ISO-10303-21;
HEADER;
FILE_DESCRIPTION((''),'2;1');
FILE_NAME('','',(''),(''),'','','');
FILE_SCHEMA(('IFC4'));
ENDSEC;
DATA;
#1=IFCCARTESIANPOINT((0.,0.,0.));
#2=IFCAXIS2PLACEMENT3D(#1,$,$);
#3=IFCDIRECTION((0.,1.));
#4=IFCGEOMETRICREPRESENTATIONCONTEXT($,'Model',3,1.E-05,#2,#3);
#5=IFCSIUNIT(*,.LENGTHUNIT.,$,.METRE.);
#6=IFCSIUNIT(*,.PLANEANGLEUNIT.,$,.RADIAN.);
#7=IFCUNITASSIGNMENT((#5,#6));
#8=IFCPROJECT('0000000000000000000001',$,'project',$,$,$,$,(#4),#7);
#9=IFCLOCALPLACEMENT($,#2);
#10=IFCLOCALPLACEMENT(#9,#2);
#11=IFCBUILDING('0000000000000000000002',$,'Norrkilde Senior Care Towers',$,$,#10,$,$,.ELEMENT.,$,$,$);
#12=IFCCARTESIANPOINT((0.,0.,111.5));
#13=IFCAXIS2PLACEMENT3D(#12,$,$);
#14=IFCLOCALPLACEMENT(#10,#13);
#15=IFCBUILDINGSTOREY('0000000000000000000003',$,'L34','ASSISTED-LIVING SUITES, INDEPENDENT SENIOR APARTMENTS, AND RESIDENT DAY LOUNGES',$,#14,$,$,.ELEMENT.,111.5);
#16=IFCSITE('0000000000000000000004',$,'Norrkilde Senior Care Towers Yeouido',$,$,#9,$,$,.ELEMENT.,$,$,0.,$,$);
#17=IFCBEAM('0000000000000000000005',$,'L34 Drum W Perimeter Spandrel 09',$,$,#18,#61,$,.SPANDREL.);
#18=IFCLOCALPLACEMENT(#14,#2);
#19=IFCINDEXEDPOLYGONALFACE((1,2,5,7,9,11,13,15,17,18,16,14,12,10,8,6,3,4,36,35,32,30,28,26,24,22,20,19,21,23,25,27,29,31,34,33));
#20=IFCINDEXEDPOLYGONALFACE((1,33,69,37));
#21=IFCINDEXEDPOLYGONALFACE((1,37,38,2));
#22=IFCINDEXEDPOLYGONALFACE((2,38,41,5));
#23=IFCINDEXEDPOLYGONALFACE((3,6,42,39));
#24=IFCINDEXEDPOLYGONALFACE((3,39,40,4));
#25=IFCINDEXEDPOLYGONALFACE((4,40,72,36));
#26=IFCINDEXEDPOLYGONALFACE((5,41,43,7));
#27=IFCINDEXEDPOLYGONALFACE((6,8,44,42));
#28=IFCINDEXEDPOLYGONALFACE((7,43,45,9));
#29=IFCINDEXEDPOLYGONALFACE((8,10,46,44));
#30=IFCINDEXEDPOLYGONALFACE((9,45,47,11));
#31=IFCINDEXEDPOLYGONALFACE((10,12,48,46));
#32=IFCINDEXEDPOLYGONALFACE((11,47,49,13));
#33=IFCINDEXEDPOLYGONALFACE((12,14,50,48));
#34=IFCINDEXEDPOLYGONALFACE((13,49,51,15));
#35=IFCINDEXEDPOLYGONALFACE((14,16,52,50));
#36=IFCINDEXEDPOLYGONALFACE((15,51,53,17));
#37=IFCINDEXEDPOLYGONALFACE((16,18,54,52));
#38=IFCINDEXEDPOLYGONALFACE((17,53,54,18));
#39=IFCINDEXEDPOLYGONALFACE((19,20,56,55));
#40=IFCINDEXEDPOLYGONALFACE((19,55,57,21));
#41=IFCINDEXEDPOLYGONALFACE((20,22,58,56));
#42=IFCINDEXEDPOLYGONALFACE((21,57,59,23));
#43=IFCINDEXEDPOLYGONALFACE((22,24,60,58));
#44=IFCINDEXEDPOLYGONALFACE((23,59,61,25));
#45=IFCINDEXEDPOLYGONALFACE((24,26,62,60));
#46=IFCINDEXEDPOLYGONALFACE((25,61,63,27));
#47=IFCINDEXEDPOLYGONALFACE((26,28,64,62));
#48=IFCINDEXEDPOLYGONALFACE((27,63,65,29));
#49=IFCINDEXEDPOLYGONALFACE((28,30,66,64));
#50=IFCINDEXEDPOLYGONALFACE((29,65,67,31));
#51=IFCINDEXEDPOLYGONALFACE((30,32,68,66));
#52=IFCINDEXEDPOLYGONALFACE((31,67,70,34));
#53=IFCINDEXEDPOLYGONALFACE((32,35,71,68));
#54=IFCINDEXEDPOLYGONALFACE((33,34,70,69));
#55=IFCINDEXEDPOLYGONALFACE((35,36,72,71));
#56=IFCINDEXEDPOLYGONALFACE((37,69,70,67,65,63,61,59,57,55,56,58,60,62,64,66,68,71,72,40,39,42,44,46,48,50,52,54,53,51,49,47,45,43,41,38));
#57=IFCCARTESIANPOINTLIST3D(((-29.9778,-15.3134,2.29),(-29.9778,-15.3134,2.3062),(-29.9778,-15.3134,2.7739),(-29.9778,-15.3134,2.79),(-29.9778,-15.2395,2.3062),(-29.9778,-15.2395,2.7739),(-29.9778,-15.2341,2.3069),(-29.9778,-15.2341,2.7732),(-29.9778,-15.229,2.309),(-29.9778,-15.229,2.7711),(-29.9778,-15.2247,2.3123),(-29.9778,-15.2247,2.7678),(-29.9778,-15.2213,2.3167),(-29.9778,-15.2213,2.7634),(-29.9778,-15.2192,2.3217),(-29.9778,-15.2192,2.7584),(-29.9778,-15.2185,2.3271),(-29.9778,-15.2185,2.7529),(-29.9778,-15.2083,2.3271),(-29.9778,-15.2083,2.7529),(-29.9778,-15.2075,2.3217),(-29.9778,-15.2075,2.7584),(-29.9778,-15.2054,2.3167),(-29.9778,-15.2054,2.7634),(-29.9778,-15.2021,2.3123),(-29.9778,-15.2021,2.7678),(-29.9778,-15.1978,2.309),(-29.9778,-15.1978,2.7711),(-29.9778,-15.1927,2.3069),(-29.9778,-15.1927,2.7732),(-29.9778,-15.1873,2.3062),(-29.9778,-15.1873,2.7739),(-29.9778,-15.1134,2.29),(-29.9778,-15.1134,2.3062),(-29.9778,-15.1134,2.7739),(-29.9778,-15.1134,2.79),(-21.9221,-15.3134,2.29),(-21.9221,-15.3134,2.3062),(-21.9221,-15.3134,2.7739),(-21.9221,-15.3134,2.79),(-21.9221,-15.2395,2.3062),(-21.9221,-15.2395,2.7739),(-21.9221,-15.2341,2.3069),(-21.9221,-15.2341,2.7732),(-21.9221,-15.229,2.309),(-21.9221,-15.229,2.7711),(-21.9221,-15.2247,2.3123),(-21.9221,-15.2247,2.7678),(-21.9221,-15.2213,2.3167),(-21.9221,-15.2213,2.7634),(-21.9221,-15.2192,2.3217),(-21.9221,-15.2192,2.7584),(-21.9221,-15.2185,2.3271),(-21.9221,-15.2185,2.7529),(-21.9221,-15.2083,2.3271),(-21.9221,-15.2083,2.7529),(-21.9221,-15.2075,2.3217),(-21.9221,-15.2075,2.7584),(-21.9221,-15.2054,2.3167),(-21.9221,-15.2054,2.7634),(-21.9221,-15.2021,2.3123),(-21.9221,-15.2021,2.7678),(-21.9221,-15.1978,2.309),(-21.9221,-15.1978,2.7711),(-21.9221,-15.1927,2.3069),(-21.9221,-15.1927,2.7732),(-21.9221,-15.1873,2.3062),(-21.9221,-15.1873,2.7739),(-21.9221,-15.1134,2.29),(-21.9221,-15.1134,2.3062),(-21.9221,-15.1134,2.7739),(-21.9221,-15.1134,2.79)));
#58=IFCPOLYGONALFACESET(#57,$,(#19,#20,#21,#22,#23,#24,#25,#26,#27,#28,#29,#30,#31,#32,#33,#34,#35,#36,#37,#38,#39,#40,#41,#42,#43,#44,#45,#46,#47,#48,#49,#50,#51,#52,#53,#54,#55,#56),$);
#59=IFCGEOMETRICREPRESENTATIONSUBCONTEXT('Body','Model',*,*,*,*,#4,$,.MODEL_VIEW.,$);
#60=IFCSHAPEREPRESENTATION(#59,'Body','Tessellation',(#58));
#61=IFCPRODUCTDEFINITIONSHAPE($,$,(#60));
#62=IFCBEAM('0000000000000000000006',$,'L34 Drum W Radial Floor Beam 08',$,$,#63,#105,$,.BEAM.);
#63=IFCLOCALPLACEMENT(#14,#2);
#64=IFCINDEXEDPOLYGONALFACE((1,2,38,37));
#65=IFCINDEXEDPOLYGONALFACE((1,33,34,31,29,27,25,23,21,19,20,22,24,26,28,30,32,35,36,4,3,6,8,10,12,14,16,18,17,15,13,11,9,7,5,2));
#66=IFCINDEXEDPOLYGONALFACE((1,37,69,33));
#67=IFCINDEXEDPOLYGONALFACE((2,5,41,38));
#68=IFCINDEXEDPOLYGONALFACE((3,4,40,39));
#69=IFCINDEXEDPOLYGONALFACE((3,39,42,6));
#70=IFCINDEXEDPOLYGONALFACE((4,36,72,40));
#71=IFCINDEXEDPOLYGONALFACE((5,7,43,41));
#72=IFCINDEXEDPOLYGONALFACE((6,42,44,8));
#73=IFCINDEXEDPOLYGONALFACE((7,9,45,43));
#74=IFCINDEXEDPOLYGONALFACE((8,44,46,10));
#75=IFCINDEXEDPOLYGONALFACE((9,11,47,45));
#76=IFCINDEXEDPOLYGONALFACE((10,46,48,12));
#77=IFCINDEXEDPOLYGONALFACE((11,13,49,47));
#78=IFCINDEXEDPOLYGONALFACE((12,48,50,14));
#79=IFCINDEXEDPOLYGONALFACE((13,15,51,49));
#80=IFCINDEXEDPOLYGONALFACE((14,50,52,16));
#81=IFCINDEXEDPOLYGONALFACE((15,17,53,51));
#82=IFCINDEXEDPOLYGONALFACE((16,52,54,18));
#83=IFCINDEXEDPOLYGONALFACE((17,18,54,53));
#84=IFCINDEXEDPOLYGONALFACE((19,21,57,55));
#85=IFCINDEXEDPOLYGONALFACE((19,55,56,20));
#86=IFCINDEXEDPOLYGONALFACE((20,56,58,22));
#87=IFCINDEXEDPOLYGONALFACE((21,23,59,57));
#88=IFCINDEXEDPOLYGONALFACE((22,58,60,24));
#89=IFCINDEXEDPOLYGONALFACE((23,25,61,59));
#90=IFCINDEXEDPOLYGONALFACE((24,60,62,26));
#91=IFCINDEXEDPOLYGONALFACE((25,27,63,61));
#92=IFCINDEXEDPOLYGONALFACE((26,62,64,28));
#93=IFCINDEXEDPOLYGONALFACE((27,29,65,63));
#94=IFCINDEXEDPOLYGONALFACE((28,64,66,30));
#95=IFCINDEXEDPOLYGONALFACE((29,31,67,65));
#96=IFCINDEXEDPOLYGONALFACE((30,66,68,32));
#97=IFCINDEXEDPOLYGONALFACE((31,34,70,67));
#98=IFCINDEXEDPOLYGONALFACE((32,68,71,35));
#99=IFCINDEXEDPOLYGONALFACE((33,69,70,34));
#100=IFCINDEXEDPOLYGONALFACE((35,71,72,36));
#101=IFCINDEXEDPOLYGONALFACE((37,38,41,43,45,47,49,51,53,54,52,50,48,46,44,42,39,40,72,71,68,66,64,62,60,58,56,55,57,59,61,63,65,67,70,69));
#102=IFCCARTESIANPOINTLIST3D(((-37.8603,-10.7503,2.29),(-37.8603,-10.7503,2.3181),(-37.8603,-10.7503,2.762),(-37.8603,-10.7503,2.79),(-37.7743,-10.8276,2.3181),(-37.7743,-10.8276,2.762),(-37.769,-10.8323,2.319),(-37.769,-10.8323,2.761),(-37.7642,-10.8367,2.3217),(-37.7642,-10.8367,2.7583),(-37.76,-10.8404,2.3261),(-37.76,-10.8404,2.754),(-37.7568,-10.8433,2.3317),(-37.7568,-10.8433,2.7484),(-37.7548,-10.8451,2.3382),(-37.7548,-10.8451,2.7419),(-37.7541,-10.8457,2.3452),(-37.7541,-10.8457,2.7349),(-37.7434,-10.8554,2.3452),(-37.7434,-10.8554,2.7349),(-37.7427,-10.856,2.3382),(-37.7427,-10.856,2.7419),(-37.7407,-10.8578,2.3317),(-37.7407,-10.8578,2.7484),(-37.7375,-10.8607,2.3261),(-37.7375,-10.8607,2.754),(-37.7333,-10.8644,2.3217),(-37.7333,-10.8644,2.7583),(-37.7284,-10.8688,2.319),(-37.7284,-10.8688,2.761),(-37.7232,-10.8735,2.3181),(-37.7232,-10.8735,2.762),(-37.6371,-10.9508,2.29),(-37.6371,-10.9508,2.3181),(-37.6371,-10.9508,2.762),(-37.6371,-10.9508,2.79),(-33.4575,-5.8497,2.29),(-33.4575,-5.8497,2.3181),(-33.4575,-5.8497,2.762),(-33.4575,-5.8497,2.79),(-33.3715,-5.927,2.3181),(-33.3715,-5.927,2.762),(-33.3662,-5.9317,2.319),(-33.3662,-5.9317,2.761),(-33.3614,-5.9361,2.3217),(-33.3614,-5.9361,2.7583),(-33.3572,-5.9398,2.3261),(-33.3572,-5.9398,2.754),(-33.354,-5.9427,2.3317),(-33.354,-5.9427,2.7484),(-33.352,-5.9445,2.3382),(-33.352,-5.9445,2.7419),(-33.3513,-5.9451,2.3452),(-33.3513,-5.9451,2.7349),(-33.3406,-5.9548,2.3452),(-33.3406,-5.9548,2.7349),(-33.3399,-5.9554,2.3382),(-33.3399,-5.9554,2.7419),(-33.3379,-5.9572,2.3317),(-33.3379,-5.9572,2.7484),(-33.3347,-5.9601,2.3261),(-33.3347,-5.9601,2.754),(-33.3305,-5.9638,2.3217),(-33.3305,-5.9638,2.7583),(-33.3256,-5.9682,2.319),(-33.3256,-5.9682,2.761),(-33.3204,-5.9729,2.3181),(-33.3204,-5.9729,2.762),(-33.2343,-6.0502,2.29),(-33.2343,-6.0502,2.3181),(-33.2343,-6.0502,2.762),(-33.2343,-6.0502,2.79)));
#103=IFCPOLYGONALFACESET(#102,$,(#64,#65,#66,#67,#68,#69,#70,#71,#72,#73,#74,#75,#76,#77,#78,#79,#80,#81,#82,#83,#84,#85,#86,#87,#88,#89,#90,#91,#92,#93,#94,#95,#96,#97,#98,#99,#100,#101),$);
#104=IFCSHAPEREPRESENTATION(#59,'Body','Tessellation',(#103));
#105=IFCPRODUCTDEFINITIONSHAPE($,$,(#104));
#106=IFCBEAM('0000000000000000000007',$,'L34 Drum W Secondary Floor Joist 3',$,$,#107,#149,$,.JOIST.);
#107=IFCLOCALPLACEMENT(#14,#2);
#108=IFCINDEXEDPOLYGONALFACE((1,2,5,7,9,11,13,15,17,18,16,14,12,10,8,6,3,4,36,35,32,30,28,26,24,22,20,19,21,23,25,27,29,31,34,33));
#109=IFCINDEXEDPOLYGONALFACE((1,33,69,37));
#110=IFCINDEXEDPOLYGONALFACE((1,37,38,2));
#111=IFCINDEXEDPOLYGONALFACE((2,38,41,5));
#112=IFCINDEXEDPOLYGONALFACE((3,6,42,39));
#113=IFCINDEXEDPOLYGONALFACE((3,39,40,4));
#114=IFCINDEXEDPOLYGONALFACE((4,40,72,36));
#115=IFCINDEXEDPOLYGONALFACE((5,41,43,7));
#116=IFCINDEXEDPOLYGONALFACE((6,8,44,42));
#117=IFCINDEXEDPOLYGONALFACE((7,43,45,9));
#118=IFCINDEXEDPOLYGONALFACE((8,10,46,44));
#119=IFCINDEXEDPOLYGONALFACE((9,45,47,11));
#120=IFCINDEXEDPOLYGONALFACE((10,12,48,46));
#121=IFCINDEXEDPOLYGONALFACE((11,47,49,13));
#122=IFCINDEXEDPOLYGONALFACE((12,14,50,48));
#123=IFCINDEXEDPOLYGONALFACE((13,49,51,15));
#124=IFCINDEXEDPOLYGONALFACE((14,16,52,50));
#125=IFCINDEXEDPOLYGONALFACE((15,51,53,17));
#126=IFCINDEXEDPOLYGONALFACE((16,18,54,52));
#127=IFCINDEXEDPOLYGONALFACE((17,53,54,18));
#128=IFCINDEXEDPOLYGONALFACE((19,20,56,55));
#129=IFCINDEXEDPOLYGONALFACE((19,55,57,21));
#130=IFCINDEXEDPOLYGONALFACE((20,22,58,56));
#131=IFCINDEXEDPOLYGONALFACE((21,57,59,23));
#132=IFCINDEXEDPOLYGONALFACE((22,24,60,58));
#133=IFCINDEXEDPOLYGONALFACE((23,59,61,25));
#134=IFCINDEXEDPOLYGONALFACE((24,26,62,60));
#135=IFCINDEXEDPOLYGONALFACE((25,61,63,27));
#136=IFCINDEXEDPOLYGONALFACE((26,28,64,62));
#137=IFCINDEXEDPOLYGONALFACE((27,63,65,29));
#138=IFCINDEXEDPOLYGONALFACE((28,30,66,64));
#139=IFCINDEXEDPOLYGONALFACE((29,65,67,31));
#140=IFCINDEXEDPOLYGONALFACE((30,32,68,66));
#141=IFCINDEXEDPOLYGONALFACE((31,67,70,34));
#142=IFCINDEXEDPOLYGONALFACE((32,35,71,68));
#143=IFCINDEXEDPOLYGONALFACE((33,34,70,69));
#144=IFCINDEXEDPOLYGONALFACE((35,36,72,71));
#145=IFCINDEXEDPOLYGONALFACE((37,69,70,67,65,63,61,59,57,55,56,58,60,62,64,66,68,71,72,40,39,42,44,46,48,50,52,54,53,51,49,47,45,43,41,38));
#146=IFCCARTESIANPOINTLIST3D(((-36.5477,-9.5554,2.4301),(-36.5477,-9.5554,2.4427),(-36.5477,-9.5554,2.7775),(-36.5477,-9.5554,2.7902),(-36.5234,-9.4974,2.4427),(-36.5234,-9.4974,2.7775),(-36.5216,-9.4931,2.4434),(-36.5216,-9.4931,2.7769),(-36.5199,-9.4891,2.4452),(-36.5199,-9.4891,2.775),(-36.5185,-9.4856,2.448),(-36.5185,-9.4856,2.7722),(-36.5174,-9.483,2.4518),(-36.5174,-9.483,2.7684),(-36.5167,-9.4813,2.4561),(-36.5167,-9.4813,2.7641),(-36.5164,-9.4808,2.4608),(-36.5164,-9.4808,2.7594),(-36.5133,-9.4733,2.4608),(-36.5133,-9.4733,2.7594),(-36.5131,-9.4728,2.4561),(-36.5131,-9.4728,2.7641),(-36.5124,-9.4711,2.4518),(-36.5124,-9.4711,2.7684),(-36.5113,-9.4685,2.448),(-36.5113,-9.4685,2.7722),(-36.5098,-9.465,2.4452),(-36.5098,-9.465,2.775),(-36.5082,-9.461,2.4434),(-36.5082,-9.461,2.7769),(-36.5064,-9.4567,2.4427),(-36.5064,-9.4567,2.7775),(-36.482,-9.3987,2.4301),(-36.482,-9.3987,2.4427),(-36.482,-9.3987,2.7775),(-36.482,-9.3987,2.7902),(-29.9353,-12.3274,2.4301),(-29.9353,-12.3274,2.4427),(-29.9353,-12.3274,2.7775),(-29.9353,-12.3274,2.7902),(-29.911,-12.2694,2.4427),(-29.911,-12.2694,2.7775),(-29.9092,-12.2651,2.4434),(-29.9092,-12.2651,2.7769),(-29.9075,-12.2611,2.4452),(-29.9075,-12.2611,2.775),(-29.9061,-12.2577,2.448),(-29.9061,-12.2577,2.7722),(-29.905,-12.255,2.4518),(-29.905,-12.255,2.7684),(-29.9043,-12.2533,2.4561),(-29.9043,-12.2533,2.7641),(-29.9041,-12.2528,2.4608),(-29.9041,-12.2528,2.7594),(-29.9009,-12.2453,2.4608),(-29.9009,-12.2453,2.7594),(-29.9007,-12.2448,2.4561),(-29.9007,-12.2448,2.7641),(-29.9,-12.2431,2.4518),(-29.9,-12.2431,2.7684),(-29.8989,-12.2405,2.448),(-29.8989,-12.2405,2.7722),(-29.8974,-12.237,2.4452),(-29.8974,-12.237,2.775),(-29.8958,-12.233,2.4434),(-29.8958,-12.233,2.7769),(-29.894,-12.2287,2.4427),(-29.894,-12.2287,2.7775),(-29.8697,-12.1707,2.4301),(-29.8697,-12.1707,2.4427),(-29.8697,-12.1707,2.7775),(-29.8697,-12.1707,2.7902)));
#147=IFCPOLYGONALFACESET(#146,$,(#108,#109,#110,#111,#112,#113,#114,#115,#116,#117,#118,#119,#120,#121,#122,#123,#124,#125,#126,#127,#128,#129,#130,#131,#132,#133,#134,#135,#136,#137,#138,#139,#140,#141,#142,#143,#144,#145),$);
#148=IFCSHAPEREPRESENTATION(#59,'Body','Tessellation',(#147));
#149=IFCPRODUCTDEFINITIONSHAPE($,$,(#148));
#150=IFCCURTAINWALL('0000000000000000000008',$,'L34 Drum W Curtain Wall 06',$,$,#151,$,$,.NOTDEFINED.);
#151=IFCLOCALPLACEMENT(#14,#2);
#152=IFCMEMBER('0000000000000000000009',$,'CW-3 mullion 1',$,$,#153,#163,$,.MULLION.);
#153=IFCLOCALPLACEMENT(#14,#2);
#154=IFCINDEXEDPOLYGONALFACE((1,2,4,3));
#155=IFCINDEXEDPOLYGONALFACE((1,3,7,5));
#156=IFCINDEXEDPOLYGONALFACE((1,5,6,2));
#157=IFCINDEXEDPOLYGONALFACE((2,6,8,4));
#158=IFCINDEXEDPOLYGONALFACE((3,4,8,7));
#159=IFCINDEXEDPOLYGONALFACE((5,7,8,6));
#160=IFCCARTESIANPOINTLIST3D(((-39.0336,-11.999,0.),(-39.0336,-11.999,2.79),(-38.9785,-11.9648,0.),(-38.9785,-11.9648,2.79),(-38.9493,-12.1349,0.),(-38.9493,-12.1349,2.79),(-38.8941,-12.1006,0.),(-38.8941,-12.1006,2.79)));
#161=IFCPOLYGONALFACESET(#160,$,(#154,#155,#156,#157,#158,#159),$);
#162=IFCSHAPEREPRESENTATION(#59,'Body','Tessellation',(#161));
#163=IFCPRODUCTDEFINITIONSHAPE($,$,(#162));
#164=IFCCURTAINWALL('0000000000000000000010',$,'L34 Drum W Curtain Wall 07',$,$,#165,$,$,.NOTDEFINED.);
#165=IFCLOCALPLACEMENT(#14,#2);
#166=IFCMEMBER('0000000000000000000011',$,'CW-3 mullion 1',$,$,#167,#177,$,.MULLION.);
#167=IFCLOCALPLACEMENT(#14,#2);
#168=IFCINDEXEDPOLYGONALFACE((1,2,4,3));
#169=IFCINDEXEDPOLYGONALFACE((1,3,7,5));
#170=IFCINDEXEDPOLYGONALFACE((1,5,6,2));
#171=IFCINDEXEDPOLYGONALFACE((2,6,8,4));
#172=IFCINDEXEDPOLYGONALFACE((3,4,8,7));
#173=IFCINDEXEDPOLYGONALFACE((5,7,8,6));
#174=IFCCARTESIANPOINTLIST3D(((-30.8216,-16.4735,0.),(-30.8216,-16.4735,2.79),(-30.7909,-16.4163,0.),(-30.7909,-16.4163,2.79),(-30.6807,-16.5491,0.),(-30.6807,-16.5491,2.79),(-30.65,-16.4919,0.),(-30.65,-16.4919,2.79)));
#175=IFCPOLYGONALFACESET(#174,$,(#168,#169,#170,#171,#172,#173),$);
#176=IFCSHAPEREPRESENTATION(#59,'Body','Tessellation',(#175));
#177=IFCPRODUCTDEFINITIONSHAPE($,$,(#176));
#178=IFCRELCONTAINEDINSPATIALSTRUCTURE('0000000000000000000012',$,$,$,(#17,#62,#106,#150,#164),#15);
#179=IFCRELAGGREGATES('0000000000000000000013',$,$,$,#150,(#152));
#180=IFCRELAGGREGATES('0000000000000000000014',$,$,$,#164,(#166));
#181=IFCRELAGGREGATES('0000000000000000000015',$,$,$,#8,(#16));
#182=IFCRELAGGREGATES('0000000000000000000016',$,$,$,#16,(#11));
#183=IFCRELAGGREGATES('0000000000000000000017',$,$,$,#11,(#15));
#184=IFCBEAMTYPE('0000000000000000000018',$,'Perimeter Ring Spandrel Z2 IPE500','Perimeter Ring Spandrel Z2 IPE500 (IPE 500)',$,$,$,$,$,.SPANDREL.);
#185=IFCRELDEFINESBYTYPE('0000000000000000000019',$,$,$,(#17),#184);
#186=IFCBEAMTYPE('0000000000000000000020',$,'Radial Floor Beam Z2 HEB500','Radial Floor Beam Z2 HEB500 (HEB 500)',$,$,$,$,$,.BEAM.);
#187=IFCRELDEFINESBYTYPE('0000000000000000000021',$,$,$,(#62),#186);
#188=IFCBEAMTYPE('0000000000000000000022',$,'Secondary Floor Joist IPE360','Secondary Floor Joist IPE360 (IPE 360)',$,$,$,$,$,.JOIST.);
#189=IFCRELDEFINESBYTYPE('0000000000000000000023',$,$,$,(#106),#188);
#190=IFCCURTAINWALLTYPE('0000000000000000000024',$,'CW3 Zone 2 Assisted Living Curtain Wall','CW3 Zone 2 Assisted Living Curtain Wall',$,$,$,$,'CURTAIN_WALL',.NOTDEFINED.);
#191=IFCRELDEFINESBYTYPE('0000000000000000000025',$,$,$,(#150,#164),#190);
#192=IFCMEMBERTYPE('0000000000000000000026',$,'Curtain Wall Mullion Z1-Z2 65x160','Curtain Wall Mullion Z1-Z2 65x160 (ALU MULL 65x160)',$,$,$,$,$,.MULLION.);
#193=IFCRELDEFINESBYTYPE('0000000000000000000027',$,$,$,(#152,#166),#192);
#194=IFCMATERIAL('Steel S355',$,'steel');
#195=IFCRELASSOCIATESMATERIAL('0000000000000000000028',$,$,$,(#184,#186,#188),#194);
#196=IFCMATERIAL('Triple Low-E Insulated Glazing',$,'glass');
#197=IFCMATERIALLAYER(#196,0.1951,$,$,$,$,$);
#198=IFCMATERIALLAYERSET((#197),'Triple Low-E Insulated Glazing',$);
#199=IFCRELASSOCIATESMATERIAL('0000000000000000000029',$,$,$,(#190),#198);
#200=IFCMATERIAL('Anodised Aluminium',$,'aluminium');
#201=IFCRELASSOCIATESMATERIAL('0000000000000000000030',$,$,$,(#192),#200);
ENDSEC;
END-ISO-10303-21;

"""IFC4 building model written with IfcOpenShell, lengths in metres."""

from ifc_helpers import new_model, si_unit, direction, frame, origin, origin_2d, place, context, subcontext, project, spatial, rectangle, i_section, extrude, source, transform, mapped, material, layer, layer_set, material_profile, profile_set, type_object, type_shapes, element, aggregate, save


model = new_model("IFC4")

# Units and contexts
model_context = context("Model", 3, precision=1e-05, world=origin(), true_north=direction((0.0, 1.0)))
body_context = subcontext(model_context, "Body", "Model", "MODEL_VIEW")
ifc_project = project(units=[si_unit("LENGTHUNIT", "METRE"), si_unit("PLANEANGLEUNIT", "RADIAN")], contexts=[model_context])

# Site, building, storey
site_placement = place(None, origin())
site = spatial("IfcSite", under=ifc_project, at=site_placement, Name="Norrkilde Senior Care Towers Yeouido", CompositionType="ELEMENT", RefElevation=0.0)
building_placement = place(site_placement, origin())
building = spatial("IfcBuilding", under=site, at=building_placement, Name="Norrkilde Senior Care Towers", CompositionType="ELEMENT")
storey_placement = place(building_placement, frame((0.0, 0.0, 111.5)))
storey = spatial("IfcBuildingStorey", under=building, at=storey_placement, Name="L34", Description="ASSISTED-LIVING SUITES, INDEPENDENT SENIOR APARTMENTS, AND RESIDENT DAY LOUNGES", CompositionType="ELEMENT", Elevation=111.5)

# Beams
ifc_material_1 = material(Name="Steel S355", Category="steel")
ifc_material_profile_1 = material_profile(ifc_material_1, i_section(OverallWidth=0.2, OverallDepth=0.5, WebThickness=0.0103, FlangeThickness=0.0161, FilletRadius=0.021, at=origin_2d()), Name="IPE 500")
ifc_profile_set_1 = profile_set([ifc_material_profile_1], Name="Steel S355")
beam_type_1 = type_object("IfcBeamType", Name="Perimeter Ring Spandrel Z2 IPE500", Description="Perimeter Ring Spandrel Z2 IPE500 (IPE 500)", PredefinedType="SPANDREL", material=ifc_profile_set_1)
shared_shape_1 = source(origin(), body_context, "Body", "SweptSolid", [
    extrude(i_section(OverallWidth=0.2, OverallDepth=0.5, WebThickness=0.0103, FlangeThickness=0.0161, FilletRadius=0.021, at=origin_2d()), origin(), (0.0, 0.0, 1.0), 8.0557),
])
beam_1_placement = place(storey_placement, frame((-29.9778, -15.2134, 2.54), z_axis=(1.0, 0.0, 0.0), x_axis=(0.0, 1.0, 0.0)))
element("IfcBeam", 1, at=beam_1_placement, inside=storey, type_object=beam_type_1, Name="L34 Drum W Perimeter Spandrel 09", PredefinedType="SPANDREL", context=body_context, shape_type="MappedRepresentation", body=[
    mapped(shared_shape_1, transform((0.0, 0.0, 0.0), x_axis=(1.0, 0.0, 0.0), y_axis=(0.0, 1.0, 0.0), z_axis=(0.0, 0.0, 1.0), scale=1.0)),
])
ifc_material_profile_2 = material_profile(ifc_material_1, i_section(OverallWidth=0.3, OverallDepth=0.5, WebThickness=0.0144, FlangeThickness=0.0281, FilletRadius=0.0271, at=origin_2d()), Name="HEB 500")
ifc_profile_set_2 = profile_set([ifc_material_profile_2], Name="Steel S355")
beam_type_2 = type_object("IfcBeamType", Name="Radial Floor Beam Z2 HEB500", Description="Radial Floor Beam Z2 HEB500 (HEB 500)", PredefinedType="BEAM", material=ifc_profile_set_2)
shared_shape_2 = source(origin(), body_context, "Body", "SweptSolid", [
    extrude(i_section(OverallWidth=0.3, OverallDepth=0.5, WebThickness=0.0144, FlangeThickness=0.0281, FilletRadius=0.0271, at=origin_2d()), origin(), (0.0, 0.0, 1.0), 6.5879),
])
type_shapes(beam_type_2, [shared_shape_2])
beam_2_placement = place(storey_placement, frame((-33.3459, -5.95, 2.54), z_axis=(-0.668315, -0.743878, 0.0), x_axis=(0.743878, -0.668315, 0.0)))
element("IfcBeam", 2, at=beam_2_placement, inside=storey, type_object=beam_type_2, Name="L34 Drum W Radial Floor Beam 08", PredefinedType="BEAM", context=body_context, shape_type="MappedRepresentation", body=[
    mapped(shared_shape_2, transform((0.0, 0.0, 0.0), x_axis=(1.0, 0.0, 0.0), y_axis=(0.0, 1.0, 0.0), z_axis=(0.0, 0.0, 1.0), scale=1.0)),
])
ifc_material_profile_3 = material_profile(ifc_material_1, i_section(OverallWidth=0.1699, OverallDepth=0.3601, WebThickness=0.0081, FlangeThickness=0.0127, FilletRadius=0.0181, at=origin_2d()), Name="IPE 360")
ifc_profile_set_3 = profile_set([ifc_material_profile_3], Name="Steel S355")
beam_type_3 = type_object("IfcBeamType", Name="Secondary Floor Joist IPE360", Description="Secondary Floor Joist IPE360 (IPE 360)", PredefinedType="JOIST", material=ifc_profile_set_3)
shared_shape_3 = source(origin(), body_context, "Body", "SweptSolid", [
    extrude(i_section(OverallWidth=0.1699, OverallDepth=0.3601, WebThickness=0.0081, FlangeThickness=0.0127, FilletRadius=0.0181, at=origin_2d()), origin(), (0.0, 0.0, 1.0), 7.1699),
])
type_shapes(beam_type_3, [shared_shape_3])
beam_3_placement = place(storey_placement, frame((-36.5149, -9.4771, 2.6101), z_axis=(0.922241, -0.386616, 0.0), x_axis=(0.386616, 0.922241, 0.0)))
element("IfcBeam", 3, at=beam_3_placement, inside=storey, type_object=beam_type_3, Name="L34 Drum W Secondary Floor Joist 3", PredefinedType="JOIST", context=body_context, shape_type="MappedRepresentation", body=[
    mapped(shared_shape_3, transform((0.0, 0.0, 0.0), x_axis=(1.0, 0.0, 0.0), y_axis=(0.0, 1.0, 0.0), z_axis=(0.0, 0.0, 1.0), scale=1.0)),
])

# Curtain wall, member
ifc_material_2 = material(Name="Triple Low-E Insulated Glazing", Category="glass")
ifc_layer_1 = layer(ifc_material_2, 0.1951)
ifc_layer_set_1 = layer_set([ifc_layer_1], Name="Triple Low-E Insulated Glazing")
curtain_wall_type = type_object("IfcCurtainWallType", Name="CW3 Zone 2 Assisted Living Curtain Wall", Description="CW3 Zone 2 Assisted Living Curtain Wall", ElementType="CURTAIN_WALL", PredefinedType="NOTDEFINED", material=ifc_layer_set_1)
curtain_wall_1_placement = place(storey_placement, origin())
curtain_wall_1 = element("IfcCurtainWall", 4, at=curtain_wall_1_placement, inside=storey, type_object=curtain_wall_type, Name="L34 Drum W Curtain Wall 06", PredefinedType="NOTDEFINED")
ifc_material_3 = material(Name="Anodised Aluminium", Category="aluminium")
ifc_material_profile_4 = material_profile(ifc_material_3, rectangle(XDim=0.0649, YDim=0.1599, at=origin_2d()), Name="ALU MULL 65x160")
ifc_profile_set_4 = profile_set([ifc_material_profile_4], Name="Anodised Aluminium")
member_type_1 = type_object("IfcMemberType", Name="Curtain Wall Mullion Z1-Z2 65x160", Description="Curtain Wall Mullion Z1-Z2 65x160 (ALU MULL 65x160)", PredefinedType="MULLION", material=ifc_profile_set_4)
shared_shape_4 = source(origin(), body_context, "Body", "SweptSolid", [
    extrude(rectangle(XDim=0.0649, YDim=0.1599, at=origin_2d()), origin(), (0.0, 0.0, 1.0), 2.79),
])
type_shapes(member_type_1, [shared_shape_4])
member_1_placement = place(storey_placement, frame((-38.9639, -12.0498, 0.0), z_axis=(0.0, 0.0, 1.0), x_axis=(-0.84941, -0.527733, 0.0)))
member_1 = element("IfcMember", 5, at=member_1_placement, type_object=member_type_1, Name="CW-3 mullion 1", PredefinedType="MULLION", context=body_context, shape_type="MappedRepresentation", body=[
    mapped(shared_shape_4, transform((0.0, 0.0, 0.0), x_axis=(1.0, 0.0, 0.0), y_axis=(0.0, 1.0, 0.0), z_axis=(0.0, 0.0, 1.0), scale=1.0)),
])

# Curtain wall, member
curtain_wall_2_placement = place(storey_placement, origin())
curtain_wall_2 = element("IfcCurtainWall", 6, at=curtain_wall_2_placement, inside=storey, type_object=curtain_wall_type, Name="L34 Drum W Curtain Wall 07", PredefinedType="NOTDEFINED")
member_2_placement = place(storey_placement, frame((-30.7358, -16.4827, 0.0), z_axis=(0.0, 0.0, 1.0), x_axis=(-0.472769, -0.881186, 0.0)))
member_2 = element("IfcMember", 7, at=member_2_placement, type_object=member_type_1, Name="CW-3 mullion 1", PredefinedType="MULLION", context=body_context, shape_type="MappedRepresentation", body=[
    mapped(shared_shape_4, transform((0.0, 0.0, 0.0), x_axis=(1.0, 0.0, 0.0), y_axis=(0.0, 1.0, 0.0), z_axis=(0.0, 0.0, 1.0), scale=1.0)),
])

aggregate(curtain_wall_1, [member_1])
aggregate(curtain_wall_2, [member_2])

save(model, "model.ifc")
